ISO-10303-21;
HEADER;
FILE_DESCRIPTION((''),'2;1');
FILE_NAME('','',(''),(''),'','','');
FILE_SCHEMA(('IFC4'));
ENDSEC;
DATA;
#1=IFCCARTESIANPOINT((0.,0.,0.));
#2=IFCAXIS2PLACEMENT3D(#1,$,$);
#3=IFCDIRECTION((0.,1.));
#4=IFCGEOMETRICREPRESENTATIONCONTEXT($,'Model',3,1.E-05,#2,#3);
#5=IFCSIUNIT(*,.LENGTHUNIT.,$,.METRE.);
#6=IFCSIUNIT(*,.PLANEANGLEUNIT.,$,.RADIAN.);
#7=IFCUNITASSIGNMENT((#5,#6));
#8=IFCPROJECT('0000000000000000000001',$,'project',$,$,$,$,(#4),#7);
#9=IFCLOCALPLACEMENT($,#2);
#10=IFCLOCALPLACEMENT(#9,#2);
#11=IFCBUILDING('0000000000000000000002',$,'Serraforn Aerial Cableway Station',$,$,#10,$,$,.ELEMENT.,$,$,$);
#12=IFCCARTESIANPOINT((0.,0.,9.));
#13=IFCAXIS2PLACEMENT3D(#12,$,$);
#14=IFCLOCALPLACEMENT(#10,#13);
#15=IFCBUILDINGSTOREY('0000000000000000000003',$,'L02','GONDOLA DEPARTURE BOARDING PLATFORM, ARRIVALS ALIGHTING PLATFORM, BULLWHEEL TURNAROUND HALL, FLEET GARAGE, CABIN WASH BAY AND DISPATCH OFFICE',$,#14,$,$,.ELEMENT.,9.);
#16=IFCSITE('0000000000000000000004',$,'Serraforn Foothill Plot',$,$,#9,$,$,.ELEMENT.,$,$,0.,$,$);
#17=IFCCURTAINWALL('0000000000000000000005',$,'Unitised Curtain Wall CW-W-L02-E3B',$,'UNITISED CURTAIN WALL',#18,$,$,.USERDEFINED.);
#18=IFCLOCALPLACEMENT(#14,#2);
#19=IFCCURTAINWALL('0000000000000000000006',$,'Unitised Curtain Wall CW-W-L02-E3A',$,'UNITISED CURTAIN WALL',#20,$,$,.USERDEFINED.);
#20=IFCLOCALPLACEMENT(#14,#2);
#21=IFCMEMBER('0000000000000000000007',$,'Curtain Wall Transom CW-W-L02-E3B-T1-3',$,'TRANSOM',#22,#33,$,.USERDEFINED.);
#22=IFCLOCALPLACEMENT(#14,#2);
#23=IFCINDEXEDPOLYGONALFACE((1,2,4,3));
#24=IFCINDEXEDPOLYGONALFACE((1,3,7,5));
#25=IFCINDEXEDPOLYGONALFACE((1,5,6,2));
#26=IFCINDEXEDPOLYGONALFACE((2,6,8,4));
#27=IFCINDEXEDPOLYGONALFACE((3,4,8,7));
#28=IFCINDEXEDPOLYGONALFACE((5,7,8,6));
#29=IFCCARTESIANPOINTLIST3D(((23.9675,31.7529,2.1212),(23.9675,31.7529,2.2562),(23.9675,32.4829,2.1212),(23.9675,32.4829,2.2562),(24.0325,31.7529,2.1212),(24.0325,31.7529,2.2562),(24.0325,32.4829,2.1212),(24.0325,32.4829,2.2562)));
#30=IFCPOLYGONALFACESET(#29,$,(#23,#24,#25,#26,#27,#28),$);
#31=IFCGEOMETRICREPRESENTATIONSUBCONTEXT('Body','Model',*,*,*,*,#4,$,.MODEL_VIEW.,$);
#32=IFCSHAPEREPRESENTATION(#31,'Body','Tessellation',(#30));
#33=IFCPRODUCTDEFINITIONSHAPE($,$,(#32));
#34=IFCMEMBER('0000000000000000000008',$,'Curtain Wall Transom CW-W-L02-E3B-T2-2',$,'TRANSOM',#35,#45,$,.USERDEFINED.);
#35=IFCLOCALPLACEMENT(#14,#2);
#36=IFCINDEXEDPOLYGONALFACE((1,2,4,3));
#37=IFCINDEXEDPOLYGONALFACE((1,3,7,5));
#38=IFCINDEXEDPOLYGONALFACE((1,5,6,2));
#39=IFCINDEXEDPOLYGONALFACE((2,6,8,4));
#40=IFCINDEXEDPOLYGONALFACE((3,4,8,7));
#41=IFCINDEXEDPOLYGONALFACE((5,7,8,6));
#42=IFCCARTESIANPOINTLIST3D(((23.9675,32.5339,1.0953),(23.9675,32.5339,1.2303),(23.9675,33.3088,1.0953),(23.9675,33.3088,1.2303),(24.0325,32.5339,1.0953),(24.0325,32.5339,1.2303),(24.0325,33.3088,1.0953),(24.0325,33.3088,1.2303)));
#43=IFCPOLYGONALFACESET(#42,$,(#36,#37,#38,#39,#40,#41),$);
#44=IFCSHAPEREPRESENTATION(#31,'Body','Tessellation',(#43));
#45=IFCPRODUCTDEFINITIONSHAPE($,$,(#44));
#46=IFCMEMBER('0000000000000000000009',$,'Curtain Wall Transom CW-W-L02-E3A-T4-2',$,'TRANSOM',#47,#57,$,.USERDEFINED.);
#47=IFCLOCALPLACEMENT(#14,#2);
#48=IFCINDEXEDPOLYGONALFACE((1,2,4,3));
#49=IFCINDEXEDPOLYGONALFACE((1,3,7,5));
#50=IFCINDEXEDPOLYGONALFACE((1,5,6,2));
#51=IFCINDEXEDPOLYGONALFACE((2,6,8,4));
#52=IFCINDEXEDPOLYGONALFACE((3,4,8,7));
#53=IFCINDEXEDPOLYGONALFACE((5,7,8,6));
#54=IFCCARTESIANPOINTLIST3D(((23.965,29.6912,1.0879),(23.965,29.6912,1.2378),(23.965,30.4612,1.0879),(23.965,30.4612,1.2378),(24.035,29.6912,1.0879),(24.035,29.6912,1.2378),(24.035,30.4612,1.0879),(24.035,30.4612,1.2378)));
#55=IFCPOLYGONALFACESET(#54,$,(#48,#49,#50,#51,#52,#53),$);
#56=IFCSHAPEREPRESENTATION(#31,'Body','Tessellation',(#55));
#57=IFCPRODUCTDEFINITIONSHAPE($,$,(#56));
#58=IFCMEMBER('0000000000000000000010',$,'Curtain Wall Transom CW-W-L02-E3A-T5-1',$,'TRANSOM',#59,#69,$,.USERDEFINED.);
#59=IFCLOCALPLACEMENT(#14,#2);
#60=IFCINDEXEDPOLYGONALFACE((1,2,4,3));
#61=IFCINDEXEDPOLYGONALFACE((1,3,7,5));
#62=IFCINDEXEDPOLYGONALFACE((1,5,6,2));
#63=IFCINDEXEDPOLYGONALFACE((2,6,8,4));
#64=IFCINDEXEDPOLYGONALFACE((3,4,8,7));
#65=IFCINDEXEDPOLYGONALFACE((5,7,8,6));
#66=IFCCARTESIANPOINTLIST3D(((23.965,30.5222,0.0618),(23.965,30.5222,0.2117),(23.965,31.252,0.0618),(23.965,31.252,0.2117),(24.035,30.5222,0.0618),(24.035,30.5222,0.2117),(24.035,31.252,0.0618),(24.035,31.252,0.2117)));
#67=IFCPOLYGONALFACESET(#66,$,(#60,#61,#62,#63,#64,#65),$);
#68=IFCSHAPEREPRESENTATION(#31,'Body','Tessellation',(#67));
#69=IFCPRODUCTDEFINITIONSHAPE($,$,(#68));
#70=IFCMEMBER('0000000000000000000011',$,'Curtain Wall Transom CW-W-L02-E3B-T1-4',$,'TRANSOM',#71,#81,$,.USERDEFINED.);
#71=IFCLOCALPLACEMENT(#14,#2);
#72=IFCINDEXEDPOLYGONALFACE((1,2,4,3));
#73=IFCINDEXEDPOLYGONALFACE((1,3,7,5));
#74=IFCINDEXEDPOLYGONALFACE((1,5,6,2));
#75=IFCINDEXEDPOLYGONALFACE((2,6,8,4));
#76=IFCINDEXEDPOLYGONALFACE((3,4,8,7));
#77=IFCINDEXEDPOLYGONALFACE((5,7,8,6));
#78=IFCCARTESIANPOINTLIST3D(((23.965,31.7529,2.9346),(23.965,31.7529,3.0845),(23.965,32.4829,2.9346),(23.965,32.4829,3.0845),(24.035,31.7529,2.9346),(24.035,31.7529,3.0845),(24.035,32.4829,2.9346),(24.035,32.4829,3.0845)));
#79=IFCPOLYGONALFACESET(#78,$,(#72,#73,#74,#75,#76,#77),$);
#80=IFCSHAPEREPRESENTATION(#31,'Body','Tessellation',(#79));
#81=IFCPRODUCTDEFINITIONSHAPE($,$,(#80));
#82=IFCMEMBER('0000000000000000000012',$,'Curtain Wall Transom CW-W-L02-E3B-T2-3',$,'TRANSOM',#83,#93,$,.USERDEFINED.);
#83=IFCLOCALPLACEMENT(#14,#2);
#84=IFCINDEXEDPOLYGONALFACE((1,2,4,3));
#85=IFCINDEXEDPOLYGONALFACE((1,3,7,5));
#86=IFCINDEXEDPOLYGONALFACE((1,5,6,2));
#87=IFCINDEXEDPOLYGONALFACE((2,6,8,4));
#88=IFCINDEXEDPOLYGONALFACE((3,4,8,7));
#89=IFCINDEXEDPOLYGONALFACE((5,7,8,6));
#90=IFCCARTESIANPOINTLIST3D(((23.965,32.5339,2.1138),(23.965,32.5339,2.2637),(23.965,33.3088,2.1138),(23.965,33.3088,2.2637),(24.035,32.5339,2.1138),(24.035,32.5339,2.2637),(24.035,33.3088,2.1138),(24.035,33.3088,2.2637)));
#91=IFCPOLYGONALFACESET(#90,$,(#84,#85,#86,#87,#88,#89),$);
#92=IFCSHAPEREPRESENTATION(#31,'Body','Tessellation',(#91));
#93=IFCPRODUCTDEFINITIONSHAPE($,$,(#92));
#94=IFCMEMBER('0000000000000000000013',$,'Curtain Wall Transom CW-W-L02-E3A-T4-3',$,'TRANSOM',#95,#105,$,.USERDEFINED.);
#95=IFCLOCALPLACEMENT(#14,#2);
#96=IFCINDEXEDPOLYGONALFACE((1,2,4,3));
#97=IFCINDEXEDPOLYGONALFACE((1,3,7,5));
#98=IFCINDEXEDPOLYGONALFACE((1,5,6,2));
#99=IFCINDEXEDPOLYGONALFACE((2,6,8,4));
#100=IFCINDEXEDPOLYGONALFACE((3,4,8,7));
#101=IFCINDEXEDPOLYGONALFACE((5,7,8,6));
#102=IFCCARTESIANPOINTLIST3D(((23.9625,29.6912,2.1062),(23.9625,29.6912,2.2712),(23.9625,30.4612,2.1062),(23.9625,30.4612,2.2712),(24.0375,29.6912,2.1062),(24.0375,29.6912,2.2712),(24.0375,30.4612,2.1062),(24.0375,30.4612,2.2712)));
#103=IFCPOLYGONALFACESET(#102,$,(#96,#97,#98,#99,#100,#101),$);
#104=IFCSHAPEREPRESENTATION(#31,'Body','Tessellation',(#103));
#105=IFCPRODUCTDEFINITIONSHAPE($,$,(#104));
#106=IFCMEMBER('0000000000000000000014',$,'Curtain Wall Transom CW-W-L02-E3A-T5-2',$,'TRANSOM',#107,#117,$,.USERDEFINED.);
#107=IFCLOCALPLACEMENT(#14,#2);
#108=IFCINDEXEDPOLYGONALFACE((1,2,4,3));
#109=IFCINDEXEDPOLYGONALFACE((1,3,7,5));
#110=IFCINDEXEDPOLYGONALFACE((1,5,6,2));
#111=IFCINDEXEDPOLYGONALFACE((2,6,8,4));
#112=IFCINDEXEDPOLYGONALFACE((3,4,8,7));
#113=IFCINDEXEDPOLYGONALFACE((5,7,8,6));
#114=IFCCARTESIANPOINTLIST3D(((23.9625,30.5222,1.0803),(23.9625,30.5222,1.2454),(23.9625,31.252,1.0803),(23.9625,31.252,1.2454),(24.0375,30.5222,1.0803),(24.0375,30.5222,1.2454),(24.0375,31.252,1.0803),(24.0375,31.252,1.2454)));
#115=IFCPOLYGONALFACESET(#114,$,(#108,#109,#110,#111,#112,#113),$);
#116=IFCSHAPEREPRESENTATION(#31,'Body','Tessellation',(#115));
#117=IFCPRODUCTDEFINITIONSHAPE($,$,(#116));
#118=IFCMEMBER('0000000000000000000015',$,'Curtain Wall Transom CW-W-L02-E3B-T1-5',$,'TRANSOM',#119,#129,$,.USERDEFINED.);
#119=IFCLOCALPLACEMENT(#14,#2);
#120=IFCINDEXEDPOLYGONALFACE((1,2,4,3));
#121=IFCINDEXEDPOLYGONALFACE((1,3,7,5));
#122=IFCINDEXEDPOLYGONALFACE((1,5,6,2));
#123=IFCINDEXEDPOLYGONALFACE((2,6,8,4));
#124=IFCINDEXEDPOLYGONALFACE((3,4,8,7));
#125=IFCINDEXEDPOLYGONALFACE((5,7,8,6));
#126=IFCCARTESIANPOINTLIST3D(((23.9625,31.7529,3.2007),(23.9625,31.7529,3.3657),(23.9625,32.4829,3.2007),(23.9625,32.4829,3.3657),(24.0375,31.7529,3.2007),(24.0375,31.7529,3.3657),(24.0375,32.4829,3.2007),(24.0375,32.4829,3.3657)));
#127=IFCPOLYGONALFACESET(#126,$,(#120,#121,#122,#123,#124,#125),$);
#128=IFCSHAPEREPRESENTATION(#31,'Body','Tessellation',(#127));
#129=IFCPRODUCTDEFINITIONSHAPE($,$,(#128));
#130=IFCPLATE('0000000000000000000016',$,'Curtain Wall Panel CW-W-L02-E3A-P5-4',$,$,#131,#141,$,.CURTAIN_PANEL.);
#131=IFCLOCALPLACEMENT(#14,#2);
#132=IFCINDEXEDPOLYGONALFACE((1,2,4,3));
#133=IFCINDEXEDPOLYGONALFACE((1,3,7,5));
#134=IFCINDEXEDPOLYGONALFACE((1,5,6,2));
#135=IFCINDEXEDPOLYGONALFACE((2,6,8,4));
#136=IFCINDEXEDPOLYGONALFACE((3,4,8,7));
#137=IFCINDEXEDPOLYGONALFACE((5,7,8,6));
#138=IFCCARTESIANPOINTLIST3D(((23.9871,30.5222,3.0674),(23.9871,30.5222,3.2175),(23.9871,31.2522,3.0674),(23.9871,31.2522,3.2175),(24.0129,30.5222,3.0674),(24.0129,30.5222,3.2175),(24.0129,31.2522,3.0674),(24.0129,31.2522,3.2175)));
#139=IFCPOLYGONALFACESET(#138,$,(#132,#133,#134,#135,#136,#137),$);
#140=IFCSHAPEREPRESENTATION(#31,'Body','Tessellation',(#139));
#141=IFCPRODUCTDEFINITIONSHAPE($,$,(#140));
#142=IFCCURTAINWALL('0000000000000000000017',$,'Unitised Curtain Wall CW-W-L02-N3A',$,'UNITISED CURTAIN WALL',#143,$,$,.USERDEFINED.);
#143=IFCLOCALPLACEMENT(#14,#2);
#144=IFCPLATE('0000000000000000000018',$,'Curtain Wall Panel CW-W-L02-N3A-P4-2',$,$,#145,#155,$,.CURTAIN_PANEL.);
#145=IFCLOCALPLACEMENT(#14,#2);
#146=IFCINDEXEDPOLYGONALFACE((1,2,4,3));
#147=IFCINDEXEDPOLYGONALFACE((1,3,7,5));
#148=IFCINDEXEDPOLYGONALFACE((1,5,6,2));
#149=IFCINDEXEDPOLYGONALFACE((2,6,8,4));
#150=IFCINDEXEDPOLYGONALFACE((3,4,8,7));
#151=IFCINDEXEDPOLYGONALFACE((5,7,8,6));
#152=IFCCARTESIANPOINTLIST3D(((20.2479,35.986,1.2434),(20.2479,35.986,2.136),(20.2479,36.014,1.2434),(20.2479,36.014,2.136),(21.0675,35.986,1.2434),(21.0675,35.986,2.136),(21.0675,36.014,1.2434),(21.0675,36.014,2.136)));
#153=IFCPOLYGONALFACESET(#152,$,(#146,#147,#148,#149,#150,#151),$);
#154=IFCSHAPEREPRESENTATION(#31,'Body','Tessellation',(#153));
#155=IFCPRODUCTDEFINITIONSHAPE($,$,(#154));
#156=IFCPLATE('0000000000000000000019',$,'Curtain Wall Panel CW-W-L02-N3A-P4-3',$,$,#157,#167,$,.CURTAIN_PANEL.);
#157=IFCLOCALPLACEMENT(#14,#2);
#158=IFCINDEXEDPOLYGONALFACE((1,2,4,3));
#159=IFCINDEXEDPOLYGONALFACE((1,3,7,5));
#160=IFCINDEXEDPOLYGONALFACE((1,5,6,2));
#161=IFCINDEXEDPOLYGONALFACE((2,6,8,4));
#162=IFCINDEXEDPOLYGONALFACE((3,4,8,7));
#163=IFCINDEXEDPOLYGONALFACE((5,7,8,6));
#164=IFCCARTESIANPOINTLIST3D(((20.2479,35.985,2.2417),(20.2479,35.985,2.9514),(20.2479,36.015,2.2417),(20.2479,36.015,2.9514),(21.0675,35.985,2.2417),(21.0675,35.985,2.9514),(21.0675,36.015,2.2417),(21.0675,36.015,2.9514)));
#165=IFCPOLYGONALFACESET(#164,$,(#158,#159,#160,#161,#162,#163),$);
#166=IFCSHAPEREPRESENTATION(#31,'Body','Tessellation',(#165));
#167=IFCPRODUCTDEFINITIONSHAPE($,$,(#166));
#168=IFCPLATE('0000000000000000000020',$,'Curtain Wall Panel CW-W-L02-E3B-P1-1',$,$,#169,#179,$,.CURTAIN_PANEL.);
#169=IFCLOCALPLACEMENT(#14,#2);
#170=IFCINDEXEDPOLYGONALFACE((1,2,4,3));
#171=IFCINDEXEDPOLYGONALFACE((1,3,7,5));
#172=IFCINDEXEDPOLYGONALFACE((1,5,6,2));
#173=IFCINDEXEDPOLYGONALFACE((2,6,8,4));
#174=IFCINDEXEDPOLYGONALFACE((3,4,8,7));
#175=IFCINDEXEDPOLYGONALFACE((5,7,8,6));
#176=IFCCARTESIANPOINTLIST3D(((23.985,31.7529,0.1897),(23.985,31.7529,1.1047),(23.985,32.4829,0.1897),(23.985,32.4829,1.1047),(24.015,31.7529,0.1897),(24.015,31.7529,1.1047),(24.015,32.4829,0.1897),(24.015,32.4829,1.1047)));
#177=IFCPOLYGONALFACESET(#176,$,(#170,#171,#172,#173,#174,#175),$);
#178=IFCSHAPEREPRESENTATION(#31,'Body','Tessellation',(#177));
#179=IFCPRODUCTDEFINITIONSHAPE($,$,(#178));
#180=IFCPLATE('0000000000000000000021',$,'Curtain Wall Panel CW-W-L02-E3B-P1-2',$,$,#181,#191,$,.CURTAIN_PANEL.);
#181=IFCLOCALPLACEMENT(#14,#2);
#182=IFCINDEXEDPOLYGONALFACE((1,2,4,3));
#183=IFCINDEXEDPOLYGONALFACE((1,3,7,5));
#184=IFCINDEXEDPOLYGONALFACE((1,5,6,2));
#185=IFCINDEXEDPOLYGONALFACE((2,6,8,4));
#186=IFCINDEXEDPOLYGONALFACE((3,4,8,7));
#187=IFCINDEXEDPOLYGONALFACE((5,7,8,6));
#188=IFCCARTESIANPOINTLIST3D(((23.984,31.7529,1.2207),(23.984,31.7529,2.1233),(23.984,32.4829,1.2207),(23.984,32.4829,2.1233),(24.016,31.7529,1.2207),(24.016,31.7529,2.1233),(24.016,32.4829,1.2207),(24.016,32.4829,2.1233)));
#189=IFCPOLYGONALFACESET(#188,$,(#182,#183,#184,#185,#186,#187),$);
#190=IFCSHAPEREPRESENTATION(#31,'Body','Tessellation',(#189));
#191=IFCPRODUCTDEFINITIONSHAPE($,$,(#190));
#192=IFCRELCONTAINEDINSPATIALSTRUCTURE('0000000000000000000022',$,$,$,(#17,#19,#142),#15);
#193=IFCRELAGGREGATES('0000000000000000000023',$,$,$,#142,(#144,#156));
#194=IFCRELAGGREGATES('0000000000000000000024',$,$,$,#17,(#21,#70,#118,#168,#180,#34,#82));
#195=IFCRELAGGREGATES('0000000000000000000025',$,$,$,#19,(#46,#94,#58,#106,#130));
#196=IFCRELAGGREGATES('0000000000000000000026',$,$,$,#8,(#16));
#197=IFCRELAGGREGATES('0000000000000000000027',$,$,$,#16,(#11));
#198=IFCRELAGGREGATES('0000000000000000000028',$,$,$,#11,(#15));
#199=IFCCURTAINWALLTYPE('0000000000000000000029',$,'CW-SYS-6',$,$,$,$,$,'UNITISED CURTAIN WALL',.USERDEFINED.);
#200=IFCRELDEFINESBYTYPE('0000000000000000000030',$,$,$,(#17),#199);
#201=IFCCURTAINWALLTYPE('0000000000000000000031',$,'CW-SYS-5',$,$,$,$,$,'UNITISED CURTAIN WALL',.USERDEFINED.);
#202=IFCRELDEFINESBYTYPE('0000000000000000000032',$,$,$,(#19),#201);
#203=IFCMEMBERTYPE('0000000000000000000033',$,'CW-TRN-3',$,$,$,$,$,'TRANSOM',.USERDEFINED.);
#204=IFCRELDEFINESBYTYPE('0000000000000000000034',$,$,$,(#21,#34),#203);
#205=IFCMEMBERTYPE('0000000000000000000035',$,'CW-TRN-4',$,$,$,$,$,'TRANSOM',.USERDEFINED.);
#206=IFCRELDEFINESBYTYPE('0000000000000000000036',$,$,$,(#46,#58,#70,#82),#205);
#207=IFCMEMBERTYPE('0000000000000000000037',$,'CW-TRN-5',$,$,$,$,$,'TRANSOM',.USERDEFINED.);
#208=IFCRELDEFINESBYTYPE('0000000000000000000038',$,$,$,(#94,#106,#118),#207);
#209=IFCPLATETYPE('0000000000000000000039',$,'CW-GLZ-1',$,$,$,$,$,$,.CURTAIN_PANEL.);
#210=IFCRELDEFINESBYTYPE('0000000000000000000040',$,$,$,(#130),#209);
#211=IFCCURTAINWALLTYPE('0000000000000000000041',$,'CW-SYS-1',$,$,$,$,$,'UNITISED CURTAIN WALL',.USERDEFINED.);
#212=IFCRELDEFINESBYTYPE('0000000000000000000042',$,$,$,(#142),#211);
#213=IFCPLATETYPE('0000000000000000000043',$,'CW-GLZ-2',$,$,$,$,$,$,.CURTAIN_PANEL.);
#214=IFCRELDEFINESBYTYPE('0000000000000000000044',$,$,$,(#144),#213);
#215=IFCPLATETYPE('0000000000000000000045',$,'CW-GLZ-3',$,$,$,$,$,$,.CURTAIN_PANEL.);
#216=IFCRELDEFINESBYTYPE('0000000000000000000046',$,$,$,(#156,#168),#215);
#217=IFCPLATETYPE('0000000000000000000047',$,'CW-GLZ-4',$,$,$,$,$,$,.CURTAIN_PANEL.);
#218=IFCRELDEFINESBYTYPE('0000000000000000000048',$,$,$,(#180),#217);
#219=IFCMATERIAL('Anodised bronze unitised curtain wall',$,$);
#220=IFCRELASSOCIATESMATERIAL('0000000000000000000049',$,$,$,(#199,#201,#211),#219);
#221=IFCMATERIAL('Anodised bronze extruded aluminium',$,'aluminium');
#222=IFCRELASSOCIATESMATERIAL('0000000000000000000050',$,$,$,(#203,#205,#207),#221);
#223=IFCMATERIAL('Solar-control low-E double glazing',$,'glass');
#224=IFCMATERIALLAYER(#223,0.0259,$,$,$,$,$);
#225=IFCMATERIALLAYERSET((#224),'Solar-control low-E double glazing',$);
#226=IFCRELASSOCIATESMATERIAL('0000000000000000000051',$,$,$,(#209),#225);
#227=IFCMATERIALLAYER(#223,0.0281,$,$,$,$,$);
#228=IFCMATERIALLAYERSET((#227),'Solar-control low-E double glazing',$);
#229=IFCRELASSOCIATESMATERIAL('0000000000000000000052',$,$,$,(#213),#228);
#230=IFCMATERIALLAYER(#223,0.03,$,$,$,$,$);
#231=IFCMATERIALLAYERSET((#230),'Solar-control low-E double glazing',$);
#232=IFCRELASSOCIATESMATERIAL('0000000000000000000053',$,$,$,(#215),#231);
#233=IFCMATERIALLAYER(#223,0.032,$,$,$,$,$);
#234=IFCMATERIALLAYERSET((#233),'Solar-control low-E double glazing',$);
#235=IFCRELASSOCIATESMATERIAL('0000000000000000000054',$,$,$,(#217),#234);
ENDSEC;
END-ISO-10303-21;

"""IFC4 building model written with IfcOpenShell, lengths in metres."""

from ifc_helpers import new_model, si_unit, direction, frame, origin, origin_2d, place, context, subcontext, project, spatial, rectangle, extrude, material, layer, layer_set, material_profile, profile_set, type_object, element, aggregate, save


model = new_model("IFC4")

# Units and contexts
model_context = context("Model", 3, precision=1e-05, world=origin(), true_north=direction((0.0, 1.0)))
body_context = subcontext(model_context, "Body", "Model", "MODEL_VIEW")
ifc_project = project(units=[si_unit("LENGTHUNIT", "METRE"), si_unit("PLANEANGLEUNIT", "RADIAN")], contexts=[model_context])

# Site, building, storey
site_placement = place(None, origin())
site = spatial("IfcSite", under=ifc_project, at=site_placement, Name="Serraforn Foothill Plot", CompositionType="ELEMENT", RefElevation=0.0)
building_placement = place(site_placement, origin())
building = spatial("IfcBuilding", under=site, at=building_placement, Name="Serraforn Aerial Cableway Station", CompositionType="ELEMENT")
storey_placement = place(building_placement, frame((0.0, 0.0, 9.0)))
storey = spatial("IfcBuildingStorey", under=building, at=storey_placement, Name="L02", Description="GONDOLA DEPARTURE BOARDING PLATFORM, ARRIVALS ALIGHTING PLATFORM, BULLWHEEL TURNAROUND HALL, FLEET GARAGE, CABIN WASH BAY AND DISPATCH OFFICE", CompositionType="ELEMENT", Elevation=9.0)

# Curtain wall
ifc_material_1 = material(Name="Anodised bronze unitised curtain wall")
curtain_wall_type_1 = type_object("IfcCurtainWallType", Name="CW-SYS-6", ElementType="UNITISED CURTAIN WALL", PredefinedType="USERDEFINED", material=ifc_material_1)
curtain_wall_1_placement = place(storey_placement, origin())
curtain_wall_1 = element("IfcCurtainWall", 1, at=curtain_wall_1_placement, inside=storey, type_object=curtain_wall_type_1, Name="Unitised Curtain Wall CW-W-L02-E3B", ObjectType="UNITISED CURTAIN WALL", PredefinedType="USERDEFINED")
ifc_material_2 = material(Name="Anodised bronze extruded aluminium", Category="aluminium")

# Curtain wall
curtain_wall_type_2 = type_object("IfcCurtainWallType", Name="CW-SYS-5", ElementType="UNITISED CURTAIN WALL", PredefinedType="USERDEFINED", material=ifc_material_1)
curtain_wall_2_placement = place(storey_placement, origin())
curtain_wall_2 = element("IfcCurtainWall", 2, at=curtain_wall_2_placement, inside=storey, type_object=curtain_wall_type_2, Name="Unitised Curtain Wall CW-W-L02-E3A", ObjectType="UNITISED CURTAIN WALL", PredefinedType="USERDEFINED")

# Members
ifc_material_profile_1 = material_profile(ifc_material_2, rectangle(XDim=0.0649, YDim=0.135, at=origin_2d()), Name="CW TRANSOM 65x135")
ifc_profile_set_1 = profile_set([ifc_material_profile_1], Name="Anodised bronze extruded aluminium")
member_type_1 = type_object("IfcMemberType", Name="CW-TRN-3", ElementType="TRANSOM", PredefinedType="USERDEFINED", material=ifc_profile_set_1)
member_1_placement = place(storey_placement, frame((24.0, 31.7529, 2.1887), z_axis=(0.0, 1.0, 0.0), x_axis=(-1.0, 0.0, 0.0)))
member_1 = element("IfcMember", 3, at=member_1_placement, type_object=member_type_1, Name="Curtain Wall Transom CW-W-L02-E3B-T1-3", ObjectType="TRANSOM", PredefinedType="USERDEFINED", context=body_context, shape_type="SweptSolid", body=[
    extrude(rectangle(XDim=0.0649, YDim=0.135, at=origin_2d()), origin(), (0.0, 0.0, 1.0), 0.73),
])
member_2_placement = place(storey_placement, frame((24.0, 32.5339, 1.1628), z_axis=(0.0, 1.0, 0.0), x_axis=(-1.0, 0.0, 0.0)))
member_2 = element("IfcMember", 4, at=member_2_placement, type_object=member_type_1, Name="Curtain Wall Transom CW-W-L02-E3B-T2-2", ObjectType="TRANSOM", PredefinedType="USERDEFINED", context=body_context, shape_type="SweptSolid", body=[
    extrude(rectangle(XDim=0.0649, YDim=0.135, at=origin_2d()), origin(), (0.0, 0.0, 1.0), 0.7749),
])
ifc_material_profile_2 = material_profile(ifc_material_2, rectangle(XDim=0.0701, YDim=0.1499, at=origin_2d()), Name="CW TRANSOM 70x150")
ifc_profile_set_2 = profile_set([ifc_material_profile_2], Name="Anodised bronze extruded aluminium")
member_type_2 = type_object("IfcMemberType", Name="CW-TRN-4", ElementType="TRANSOM", PredefinedType="USERDEFINED", material=ifc_profile_set_2)
member_3_placement = place(storey_placement, frame((24.0, 29.6912, 1.1628), z_axis=(0.0, 1.0, 0.0), x_axis=(-1.0, 0.0, 0.0)))
member_3 = element("IfcMember", 5, at=member_3_placement, type_object=member_type_2, Name="Curtain Wall Transom CW-W-L02-E3A-T4-2", ObjectType="TRANSOM", PredefinedType="USERDEFINED", context=body_context, shape_type="SweptSolid", body=[
    extrude(rectangle(XDim=0.0701, YDim=0.1499, at=origin_2d()), origin(), (0.0, 0.0, 1.0), 0.77),
])
member_4_placement = place(storey_placement, frame((24.0, 30.5222, 0.1367), z_axis=(0.0, 1.0, 0.0), x_axis=(-1.0, 0.0, 0.0)))
member_4 = element("IfcMember", 6, at=member_4_placement, type_object=member_type_2, Name="Curtain Wall Transom CW-W-L02-E3A-T5-1", ObjectType="TRANSOM", PredefinedType="USERDEFINED", context=body_context, shape_type="SweptSolid", body=[
    extrude(rectangle(XDim=0.0701, YDim=0.1499, at=origin_2d()), origin(), (0.0, 0.0, 1.0), 0.7297),
])
member_5_placement = place(storey_placement, frame((24.0, 31.7529, 3.0095), z_axis=(0.0, 1.0, 0.0), x_axis=(-1.0, 0.0, 0.0)))
member_5 = element("IfcMember", 7, at=member_5_placement, type_object=member_type_2, Name="Curtain Wall Transom CW-W-L02-E3B-T1-4", ObjectType="TRANSOM", PredefinedType="USERDEFINED", context=body_context, shape_type="SweptSolid", body=[
    extrude(rectangle(XDim=0.0701, YDim=0.1499, at=origin_2d()), origin(), (0.0, 0.0, 1.0), 0.73),
])
member_6_placement = place(storey_placement, frame((24.0, 32.5339, 2.1887), z_axis=(0.0, 1.0, 0.0), x_axis=(-1.0, 0.0, 0.0)))
member_6 = element("IfcMember", 8, at=member_6_placement, type_object=member_type_2, Name="Curtain Wall Transom CW-W-L02-E3B-T2-3", ObjectType="TRANSOM", PredefinedType="USERDEFINED", context=body_context, shape_type="SweptSolid", body=[
    extrude(rectangle(XDim=0.0701, YDim=0.1499, at=origin_2d()), origin(), (0.0, 0.0, 1.0), 0.7749),
])
ifc_material_profile_3 = material_profile(ifc_material_2, rectangle(XDim=0.075, YDim=0.165, at=origin_2d()), Name="CW TRANSOM 75x165")
ifc_profile_set_3 = profile_set([ifc_material_profile_3], Name="Anodised bronze extruded aluminium")
member_type_3 = type_object("IfcMemberType", Name="CW-TRN-5", ElementType="TRANSOM", PredefinedType="USERDEFINED", material=ifc_profile_set_3)
member_7_placement = place(storey_placement, frame((24.0, 29.6912, 2.1887), z_axis=(0.0, 1.0, 0.0), x_axis=(-1.0, 0.0, 0.0)))
member_7 = element("IfcMember", 9, at=member_7_placement, type_object=member_type_3, Name="Curtain Wall Transom CW-W-L02-E3A-T4-3", ObjectType="TRANSOM", PredefinedType="USERDEFINED", context=body_context, shape_type="SweptSolid", body=[
    extrude(rectangle(XDim=0.075, YDim=0.165, at=origin_2d()), origin(), (0.0, 0.0, 1.0), 0.77),
])
member_8_placement = place(storey_placement, frame((24.0, 30.5222, 1.1628), z_axis=(0.0, 1.0, 0.0), x_axis=(-1.0, 0.0, 0.0)))
member_8 = element("IfcMember", 10, at=member_8_placement, type_object=member_type_3, Name="Curtain Wall Transom CW-W-L02-E3A-T5-2", ObjectType="TRANSOM", PredefinedType="USERDEFINED", context=body_context, shape_type="SweptSolid", body=[
    extrude(rectangle(XDim=0.075, YDim=0.165, at=origin_2d()), origin(), (0.0, 0.0, 1.0), 0.7297),
])
member_9_placement = place(storey_placement, frame((24.0, 31.7529, 3.2832), z_axis=(0.0, 1.0, 0.0), x_axis=(-1.0, 0.0, 0.0)))
member_9 = element("IfcMember", 11, at=member_9_placement, type_object=member_type_3, Name="Curtain Wall Transom CW-W-L02-E3B-T1-5", ObjectType="TRANSOM", PredefinedType="USERDEFINED", context=body_context, shape_type="SweptSolid", body=[
    extrude(rectangle(XDim=0.075, YDim=0.165, at=origin_2d()), origin(), (0.0, 0.0, 1.0), 0.73),
])

# Plate
ifc_material_3 = material(Name="Solar-control low-E double glazing", Category="glass")
ifc_layer_1 = layer(ifc_material_3, 0.0259)
ifc_layer_set_1 = layer_set([ifc_layer_1], Name="Solar-control low-E double glazing")
plate_type_1 = type_object("IfcPlateType", Name="CW-GLZ-1", PredefinedType="CURTAIN_PANEL", material=ifc_layer_set_1)
plate_1_placement = place(storey_placement, frame((24.0, 30.8872, 3.0674), z_axis=(0.0, 0.0, 1.0), x_axis=(1.0, 0.0, 0.0)))
plate_1 = element("IfcPlate", 12, at=plate_1_placement, type_object=plate_type_1, Name="Curtain Wall Panel CW-W-L02-E3A-P5-4", PredefinedType="CURTAIN_PANEL", context=body_context, shape_type="SweptSolid", body=[
    extrude(rectangle(XDim=0.0259, YDim=0.73, at=origin_2d()), origin(), (0.0, 0.0, 1.0), 0.1501),
])

# Curtain wall, plates
curtain_wall_type_3 = type_object("IfcCurtainWallType", Name="CW-SYS-1", ElementType="UNITISED CURTAIN WALL", PredefinedType="USERDEFINED", material=ifc_material_1)
curtain_wall_3_placement = place(storey_placement, origin())
curtain_wall_3 = element("IfcCurtainWall", 13, at=curtain_wall_3_placement, inside=storey, type_object=curtain_wall_type_3, Name="Unitised Curtain Wall CW-W-L02-N3A", ObjectType="UNITISED CURTAIN WALL", PredefinedType="USERDEFINED")
ifc_layer_2 = layer(ifc_material_3, 0.0281)
ifc_layer_set_2 = layer_set([ifc_layer_2], Name="Solar-control low-E double glazing")
plate_type_2 = type_object("IfcPlateType", Name="CW-GLZ-2", PredefinedType="CURTAIN_PANEL", material=ifc_layer_set_2)
plate_2_placement = place(storey_placement, frame((20.6577, 36.0, 1.2434), z_axis=(0.0, 0.0, 1.0), x_axis=(1.0, 0.0, 0.0)))
plate_2 = element("IfcPlate", 14, at=plate_2_placement, type_object=plate_type_2, Name="Curtain Wall Panel CW-W-L02-N3A-P4-2", PredefinedType="CURTAIN_PANEL", context=body_context, shape_type="SweptSolid", body=[
    extrude(rectangle(XDim=0.8196, YDim=0.0281, at=origin_2d()), origin(), (0.0, 0.0, 1.0), 0.8926),
])
ifc_layer_3 = layer(ifc_material_3, 0.03)
ifc_layer_set_3 = layer_set([ifc_layer_3], Name="Solar-control low-E double glazing")
plate_type_3 = type_object("IfcPlateType", Name="CW-GLZ-3", PredefinedType="CURTAIN_PANEL", material=ifc_layer_set_3)
plate_3_placement = place(storey_placement, frame((20.6577, 36.0, 2.2417), z_axis=(0.0, 0.0, 1.0), x_axis=(1.0, 0.0, 0.0)))
plate_3 = element("IfcPlate", 15, at=plate_3_placement, type_object=plate_type_3, Name="Curtain Wall Panel CW-W-L02-N3A-P4-3", PredefinedType="CURTAIN_PANEL", context=body_context, shape_type="SweptSolid", body=[
    extrude(rectangle(XDim=0.8196, YDim=0.03, at=origin_2d()), origin(), (0.0, 0.0, 1.0), 0.7097),
])
aggregate(curtain_wall_3, [plate_2, plate_3])

# Plates
plate_4_placement = place(storey_placement, frame((24.0, 32.1179, 0.1897), z_axis=(0.0, 0.0, 1.0), x_axis=(1.0, 0.0, 0.0)))
plate_4 = element("IfcPlate", 16, at=plate_4_placement, type_object=plate_type_3, Name="Curtain Wall Panel CW-W-L02-E3B-P1-1", PredefinedType="CURTAIN_PANEL", context=body_context, shape_type="SweptSolid", body=[
    extrude(rectangle(XDim=0.03, YDim=0.73, at=origin_2d()), origin(), (0.0, 0.0, 1.0), 0.915),
])
ifc_layer_4 = layer(ifc_material_3, 0.032)
ifc_layer_set_4 = layer_set([ifc_layer_4], Name="Solar-control low-E double glazing")
plate_type_4 = type_object("IfcPlateType", Name="CW-GLZ-4", PredefinedType="CURTAIN_PANEL", material=ifc_layer_set_4)
plate_5_placement = place(storey_placement, frame((24.0, 32.1179, 1.2207), z_axis=(0.0, 0.0, 1.0), x_axis=(1.0, 0.0, 0.0)))
plate_5 = element("IfcPlate", 17, at=plate_5_placement, type_object=plate_type_4, Name="Curtain Wall Panel CW-W-L02-E3B-P1-2", PredefinedType="CURTAIN_PANEL", context=body_context, shape_type="SweptSolid", body=[
    extrude(rectangle(XDim=0.032, YDim=0.73, at=origin_2d()), origin(), (0.0, 0.0, 1.0), 0.9026),
])
aggregate(curtain_wall_1, [member_1, member_5, member_9, plate_4, plate_5, member_2, member_6])
aggregate(curtain_wall_2, [member_3, member_7, member_4, member_8, plate_1])

save(model, "model.ifc")
